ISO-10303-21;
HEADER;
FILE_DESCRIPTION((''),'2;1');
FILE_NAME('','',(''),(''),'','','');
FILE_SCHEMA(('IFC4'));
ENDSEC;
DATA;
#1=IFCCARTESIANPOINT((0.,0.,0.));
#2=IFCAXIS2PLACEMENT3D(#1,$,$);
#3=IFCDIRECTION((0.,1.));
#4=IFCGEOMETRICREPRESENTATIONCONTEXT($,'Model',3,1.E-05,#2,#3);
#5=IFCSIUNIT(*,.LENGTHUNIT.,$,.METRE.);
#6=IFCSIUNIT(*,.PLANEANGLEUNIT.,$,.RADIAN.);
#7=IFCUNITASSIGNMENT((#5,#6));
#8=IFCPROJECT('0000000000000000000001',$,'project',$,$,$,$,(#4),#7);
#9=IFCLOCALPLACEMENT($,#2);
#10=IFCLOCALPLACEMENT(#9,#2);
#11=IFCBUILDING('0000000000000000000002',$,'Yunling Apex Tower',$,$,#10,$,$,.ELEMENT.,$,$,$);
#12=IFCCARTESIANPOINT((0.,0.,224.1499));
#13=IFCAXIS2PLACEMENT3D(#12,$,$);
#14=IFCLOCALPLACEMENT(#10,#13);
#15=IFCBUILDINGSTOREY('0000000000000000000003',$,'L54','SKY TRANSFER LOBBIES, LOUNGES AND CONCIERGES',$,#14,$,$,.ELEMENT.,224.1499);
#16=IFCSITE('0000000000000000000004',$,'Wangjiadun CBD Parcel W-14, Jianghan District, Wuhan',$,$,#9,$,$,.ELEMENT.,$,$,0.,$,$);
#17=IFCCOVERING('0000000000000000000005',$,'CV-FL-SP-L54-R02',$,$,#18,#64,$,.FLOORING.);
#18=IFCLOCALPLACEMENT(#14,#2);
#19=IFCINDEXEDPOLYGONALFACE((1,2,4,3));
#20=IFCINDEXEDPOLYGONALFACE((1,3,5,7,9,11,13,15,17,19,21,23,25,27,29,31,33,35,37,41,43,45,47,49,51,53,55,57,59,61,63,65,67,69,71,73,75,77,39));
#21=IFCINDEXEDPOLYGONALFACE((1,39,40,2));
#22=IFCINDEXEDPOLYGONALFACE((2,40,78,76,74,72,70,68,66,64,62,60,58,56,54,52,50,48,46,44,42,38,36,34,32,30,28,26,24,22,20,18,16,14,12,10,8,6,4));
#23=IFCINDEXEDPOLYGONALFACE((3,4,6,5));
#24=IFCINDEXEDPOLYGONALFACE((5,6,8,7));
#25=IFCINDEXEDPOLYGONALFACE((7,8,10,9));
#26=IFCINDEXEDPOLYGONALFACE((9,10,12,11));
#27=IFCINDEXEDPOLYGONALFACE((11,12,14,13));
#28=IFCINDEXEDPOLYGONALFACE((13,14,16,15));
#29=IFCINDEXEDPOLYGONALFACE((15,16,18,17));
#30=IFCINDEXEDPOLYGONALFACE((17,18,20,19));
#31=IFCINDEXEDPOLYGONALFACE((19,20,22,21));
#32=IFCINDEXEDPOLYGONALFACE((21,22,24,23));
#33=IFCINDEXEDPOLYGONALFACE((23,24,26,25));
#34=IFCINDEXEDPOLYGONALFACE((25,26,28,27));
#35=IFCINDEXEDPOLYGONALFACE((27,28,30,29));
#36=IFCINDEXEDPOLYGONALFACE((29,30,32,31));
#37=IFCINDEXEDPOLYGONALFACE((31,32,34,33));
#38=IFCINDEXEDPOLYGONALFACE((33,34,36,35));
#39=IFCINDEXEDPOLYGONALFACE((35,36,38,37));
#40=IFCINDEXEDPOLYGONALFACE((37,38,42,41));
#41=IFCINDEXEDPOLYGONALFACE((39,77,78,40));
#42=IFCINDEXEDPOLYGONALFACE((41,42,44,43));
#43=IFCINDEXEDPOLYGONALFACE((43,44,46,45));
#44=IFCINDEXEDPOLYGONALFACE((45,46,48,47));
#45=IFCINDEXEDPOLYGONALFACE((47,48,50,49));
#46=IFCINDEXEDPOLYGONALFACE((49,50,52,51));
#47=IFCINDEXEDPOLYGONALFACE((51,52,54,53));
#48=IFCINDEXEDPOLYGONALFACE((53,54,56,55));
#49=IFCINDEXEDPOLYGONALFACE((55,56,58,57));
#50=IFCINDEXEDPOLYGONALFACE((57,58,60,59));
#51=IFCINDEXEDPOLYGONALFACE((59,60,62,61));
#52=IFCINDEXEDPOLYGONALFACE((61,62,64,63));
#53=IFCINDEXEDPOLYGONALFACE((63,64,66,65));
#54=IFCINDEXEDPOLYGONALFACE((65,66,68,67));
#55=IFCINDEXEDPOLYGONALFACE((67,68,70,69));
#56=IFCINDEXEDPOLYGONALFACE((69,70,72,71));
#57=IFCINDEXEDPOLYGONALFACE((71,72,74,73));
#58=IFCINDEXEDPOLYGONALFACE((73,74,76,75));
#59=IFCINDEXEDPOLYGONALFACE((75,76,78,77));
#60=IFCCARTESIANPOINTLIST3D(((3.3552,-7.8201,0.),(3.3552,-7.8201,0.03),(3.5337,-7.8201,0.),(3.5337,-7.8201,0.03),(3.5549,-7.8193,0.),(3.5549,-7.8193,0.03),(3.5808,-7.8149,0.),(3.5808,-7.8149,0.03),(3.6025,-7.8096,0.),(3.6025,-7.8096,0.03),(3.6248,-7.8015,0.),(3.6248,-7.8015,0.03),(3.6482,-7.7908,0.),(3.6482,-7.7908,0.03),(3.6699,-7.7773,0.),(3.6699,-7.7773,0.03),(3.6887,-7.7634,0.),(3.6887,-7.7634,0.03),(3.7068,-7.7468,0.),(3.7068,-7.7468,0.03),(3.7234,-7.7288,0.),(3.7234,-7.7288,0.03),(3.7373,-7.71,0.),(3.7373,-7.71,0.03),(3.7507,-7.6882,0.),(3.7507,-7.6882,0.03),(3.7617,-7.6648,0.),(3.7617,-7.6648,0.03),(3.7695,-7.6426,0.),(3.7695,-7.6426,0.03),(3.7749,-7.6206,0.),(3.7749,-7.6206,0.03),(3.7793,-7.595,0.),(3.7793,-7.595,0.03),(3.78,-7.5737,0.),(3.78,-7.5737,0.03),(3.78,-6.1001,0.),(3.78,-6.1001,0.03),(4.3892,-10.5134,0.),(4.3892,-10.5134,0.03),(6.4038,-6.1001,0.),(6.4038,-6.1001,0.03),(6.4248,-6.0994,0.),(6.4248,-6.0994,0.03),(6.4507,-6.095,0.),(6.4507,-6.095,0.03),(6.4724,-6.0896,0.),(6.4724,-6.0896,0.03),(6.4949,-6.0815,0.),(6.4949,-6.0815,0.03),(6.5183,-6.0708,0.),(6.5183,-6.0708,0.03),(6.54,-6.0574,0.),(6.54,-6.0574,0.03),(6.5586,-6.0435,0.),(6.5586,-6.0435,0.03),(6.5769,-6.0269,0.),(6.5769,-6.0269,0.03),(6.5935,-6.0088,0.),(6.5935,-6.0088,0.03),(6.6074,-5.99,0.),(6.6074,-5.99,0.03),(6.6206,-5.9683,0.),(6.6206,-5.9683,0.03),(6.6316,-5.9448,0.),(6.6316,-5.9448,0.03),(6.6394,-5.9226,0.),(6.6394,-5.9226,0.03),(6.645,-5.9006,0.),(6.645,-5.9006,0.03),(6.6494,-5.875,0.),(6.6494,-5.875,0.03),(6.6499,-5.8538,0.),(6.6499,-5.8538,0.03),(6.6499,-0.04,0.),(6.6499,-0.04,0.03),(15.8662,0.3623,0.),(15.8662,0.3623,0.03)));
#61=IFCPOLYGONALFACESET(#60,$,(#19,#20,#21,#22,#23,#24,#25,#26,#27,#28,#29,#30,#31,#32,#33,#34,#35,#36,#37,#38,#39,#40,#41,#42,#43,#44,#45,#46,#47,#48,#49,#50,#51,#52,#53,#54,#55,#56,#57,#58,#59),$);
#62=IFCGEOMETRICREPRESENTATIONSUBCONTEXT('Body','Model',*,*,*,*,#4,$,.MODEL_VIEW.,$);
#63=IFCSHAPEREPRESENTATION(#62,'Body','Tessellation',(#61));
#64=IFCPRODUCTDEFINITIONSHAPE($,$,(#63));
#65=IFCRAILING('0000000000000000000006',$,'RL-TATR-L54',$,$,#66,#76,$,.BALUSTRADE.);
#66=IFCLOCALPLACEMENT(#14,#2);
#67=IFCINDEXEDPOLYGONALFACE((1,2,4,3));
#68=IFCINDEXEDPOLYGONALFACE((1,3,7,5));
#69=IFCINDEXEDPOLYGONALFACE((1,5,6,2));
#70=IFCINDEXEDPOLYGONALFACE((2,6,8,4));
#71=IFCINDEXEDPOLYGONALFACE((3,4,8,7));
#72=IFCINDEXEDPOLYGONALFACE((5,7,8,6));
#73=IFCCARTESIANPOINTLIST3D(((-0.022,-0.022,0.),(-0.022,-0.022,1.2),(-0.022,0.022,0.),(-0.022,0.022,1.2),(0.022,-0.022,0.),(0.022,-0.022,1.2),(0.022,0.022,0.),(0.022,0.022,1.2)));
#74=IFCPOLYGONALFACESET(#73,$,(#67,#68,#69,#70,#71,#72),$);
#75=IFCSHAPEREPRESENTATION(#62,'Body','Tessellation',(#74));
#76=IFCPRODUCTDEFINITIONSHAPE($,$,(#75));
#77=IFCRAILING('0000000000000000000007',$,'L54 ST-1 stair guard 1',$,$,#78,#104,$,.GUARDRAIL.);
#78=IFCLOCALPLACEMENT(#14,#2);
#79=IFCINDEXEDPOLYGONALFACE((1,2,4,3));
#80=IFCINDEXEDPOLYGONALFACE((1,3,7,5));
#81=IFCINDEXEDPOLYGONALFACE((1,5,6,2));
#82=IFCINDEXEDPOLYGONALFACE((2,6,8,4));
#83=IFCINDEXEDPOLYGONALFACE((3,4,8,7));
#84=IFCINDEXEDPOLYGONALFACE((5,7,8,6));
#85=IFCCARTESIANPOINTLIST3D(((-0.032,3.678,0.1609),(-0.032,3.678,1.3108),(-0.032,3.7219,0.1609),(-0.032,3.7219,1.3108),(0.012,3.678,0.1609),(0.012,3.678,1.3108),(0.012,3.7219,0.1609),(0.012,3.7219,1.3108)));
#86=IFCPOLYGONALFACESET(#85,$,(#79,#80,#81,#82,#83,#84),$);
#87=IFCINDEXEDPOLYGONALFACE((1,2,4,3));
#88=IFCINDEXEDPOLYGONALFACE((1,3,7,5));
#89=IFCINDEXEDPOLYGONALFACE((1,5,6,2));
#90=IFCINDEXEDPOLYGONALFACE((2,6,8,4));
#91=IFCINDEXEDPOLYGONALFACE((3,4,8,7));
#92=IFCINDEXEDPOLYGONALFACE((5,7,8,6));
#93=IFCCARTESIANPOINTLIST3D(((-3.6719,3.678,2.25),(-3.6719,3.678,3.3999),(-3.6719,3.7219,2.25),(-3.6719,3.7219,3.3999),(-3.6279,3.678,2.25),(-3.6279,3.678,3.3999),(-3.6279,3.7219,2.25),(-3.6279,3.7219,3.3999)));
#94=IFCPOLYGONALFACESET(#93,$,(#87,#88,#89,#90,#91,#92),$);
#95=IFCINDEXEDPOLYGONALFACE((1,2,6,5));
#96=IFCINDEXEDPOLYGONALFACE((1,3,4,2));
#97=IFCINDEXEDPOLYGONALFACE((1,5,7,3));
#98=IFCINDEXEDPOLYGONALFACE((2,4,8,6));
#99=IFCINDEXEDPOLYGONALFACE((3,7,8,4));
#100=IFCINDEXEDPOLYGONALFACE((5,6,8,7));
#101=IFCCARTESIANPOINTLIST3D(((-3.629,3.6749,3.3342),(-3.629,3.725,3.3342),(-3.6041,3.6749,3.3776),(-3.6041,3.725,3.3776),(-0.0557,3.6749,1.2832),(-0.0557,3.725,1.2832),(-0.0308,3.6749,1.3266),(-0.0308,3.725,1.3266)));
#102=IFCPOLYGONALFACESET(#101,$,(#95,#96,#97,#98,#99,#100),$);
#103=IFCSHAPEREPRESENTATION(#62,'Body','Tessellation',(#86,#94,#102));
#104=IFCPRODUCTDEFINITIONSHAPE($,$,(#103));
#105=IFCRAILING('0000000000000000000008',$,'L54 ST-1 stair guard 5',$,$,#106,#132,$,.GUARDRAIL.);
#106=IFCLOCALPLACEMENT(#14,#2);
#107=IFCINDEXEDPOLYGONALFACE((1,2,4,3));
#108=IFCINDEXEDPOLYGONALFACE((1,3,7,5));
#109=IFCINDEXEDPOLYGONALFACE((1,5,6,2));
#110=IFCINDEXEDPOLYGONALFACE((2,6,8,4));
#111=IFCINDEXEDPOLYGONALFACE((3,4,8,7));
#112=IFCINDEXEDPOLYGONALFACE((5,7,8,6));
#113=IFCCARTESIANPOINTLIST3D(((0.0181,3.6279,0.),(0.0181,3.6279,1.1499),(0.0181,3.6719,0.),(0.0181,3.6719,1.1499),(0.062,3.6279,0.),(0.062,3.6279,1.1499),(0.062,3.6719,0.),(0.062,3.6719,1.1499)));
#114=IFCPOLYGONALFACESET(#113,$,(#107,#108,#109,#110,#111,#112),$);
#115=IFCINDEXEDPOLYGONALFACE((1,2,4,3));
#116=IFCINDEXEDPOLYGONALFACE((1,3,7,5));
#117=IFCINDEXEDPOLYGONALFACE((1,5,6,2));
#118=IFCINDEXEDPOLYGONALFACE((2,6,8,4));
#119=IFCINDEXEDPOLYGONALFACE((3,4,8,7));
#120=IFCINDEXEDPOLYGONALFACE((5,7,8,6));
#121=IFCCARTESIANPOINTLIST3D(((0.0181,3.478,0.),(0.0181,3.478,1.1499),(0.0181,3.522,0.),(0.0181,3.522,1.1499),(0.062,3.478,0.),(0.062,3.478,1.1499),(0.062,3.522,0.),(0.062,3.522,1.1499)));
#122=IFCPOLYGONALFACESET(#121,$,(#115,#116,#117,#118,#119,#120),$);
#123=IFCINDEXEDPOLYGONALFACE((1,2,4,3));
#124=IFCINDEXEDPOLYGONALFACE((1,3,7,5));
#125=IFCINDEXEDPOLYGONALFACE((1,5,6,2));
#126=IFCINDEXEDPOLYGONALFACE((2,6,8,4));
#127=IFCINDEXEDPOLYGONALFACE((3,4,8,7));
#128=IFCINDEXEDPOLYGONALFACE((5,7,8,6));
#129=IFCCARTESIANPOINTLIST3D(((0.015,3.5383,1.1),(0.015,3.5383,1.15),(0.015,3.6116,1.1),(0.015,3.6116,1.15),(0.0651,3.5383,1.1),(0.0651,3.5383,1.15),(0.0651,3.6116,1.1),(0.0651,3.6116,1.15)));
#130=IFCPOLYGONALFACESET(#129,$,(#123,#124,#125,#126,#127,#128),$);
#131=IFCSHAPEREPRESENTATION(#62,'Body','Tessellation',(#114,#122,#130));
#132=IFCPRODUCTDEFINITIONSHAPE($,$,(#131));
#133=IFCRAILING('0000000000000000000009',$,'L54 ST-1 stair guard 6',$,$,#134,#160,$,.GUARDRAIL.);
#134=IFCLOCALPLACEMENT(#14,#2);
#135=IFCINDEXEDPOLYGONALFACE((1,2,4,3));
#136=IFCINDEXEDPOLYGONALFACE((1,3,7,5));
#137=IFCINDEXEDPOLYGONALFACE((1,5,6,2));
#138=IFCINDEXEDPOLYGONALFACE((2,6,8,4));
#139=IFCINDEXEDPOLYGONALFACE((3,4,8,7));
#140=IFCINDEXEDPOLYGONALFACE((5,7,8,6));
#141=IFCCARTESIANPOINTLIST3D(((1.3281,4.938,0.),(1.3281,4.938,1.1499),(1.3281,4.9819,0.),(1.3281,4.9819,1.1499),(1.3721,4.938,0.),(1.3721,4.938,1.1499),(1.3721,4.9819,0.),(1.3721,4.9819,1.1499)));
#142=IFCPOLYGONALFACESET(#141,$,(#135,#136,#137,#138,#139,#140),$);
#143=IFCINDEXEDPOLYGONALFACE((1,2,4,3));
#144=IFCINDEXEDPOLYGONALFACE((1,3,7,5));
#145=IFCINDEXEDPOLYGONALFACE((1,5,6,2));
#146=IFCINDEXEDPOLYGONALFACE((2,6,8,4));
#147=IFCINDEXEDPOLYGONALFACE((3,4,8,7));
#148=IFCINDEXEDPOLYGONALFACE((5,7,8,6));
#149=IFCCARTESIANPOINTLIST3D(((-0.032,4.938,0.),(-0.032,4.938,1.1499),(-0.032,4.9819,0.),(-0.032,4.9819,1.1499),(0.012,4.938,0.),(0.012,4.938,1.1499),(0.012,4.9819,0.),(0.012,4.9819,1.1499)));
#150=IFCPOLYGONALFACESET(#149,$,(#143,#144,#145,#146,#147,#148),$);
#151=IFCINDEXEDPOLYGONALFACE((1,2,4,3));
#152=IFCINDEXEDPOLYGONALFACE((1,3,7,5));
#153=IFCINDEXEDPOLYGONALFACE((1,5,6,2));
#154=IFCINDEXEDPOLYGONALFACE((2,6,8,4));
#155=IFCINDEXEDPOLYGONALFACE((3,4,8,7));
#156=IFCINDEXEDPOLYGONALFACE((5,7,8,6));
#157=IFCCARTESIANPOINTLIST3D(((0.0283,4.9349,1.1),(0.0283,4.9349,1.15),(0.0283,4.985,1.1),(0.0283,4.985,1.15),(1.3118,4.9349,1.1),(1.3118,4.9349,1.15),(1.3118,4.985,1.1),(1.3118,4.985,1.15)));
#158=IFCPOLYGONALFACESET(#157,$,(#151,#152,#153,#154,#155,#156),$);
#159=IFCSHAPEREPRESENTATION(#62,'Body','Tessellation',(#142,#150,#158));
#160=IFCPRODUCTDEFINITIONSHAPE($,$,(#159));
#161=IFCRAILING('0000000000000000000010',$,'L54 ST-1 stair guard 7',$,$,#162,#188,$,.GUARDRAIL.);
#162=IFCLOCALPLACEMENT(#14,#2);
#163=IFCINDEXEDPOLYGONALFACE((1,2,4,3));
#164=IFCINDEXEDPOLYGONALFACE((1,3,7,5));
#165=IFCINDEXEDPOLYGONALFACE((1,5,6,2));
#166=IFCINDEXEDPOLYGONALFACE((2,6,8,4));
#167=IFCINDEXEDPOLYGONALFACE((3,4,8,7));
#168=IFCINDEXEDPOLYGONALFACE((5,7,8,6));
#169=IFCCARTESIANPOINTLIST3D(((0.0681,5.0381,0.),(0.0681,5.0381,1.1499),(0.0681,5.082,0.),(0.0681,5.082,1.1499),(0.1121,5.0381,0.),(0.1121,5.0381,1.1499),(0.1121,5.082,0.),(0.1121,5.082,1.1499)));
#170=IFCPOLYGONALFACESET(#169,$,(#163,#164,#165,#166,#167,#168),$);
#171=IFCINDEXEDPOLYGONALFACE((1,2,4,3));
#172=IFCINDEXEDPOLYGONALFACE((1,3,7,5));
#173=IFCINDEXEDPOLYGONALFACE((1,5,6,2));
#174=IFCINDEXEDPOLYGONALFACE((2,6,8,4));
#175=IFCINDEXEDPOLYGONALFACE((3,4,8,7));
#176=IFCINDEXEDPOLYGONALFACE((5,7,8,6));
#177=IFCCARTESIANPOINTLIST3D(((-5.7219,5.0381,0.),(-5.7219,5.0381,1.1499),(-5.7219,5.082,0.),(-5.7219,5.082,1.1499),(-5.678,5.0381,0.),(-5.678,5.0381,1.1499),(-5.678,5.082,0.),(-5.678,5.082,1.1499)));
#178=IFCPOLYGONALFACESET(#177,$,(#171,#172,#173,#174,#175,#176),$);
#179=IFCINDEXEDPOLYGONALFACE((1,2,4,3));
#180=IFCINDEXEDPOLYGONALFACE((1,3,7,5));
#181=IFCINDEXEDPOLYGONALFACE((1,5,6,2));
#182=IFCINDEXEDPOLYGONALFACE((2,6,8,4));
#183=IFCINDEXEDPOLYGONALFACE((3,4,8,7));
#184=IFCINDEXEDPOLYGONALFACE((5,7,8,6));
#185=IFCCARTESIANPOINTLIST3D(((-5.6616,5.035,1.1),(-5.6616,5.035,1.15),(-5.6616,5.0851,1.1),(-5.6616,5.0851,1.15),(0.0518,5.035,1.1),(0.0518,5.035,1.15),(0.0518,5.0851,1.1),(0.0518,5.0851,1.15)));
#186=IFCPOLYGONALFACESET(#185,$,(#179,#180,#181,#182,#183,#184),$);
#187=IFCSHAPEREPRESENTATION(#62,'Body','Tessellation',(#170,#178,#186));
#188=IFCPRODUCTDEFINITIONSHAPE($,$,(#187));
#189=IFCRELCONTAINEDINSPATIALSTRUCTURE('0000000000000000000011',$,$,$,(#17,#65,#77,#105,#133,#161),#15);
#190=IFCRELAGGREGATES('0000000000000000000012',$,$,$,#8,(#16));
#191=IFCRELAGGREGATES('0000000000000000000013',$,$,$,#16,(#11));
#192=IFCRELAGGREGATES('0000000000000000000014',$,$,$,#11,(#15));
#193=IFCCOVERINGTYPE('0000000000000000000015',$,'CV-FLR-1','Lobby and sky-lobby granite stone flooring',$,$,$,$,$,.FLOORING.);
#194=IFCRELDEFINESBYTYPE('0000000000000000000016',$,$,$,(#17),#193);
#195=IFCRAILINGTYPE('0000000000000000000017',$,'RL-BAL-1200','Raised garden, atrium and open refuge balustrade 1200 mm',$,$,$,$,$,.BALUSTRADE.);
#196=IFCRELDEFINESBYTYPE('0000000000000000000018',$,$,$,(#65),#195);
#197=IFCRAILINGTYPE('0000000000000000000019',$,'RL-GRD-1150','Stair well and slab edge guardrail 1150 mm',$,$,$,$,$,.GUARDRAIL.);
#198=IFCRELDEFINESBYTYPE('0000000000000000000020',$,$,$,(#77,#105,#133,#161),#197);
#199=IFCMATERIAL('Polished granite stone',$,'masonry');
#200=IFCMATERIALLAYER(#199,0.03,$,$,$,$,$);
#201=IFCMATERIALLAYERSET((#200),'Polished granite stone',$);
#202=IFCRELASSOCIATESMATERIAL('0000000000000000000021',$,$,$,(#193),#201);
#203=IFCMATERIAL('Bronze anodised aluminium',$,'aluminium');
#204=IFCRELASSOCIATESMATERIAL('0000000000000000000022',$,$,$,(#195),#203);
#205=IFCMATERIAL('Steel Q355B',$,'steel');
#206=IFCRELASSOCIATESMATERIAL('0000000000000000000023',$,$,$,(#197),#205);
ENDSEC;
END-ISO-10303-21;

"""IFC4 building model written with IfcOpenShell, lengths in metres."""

from ifc_helpers import new_model, si_unit, direction, frame, origin, origin_2d, place, context, subcontext, project, spatial, polyline, rectangle, outline, extrude, material, layer, layer_set, type_object, element, save


model = new_model("IFC4")

# Units and contexts
model_context = context("Model", 3, precision=1e-05, world=origin(), true_north=direction((0.0, 1.0)))
body_context = subcontext(model_context, "Body", "Model", "MODEL_VIEW")
ifc_project = project(units=[si_unit("LENGTHUNIT", "METRE"), si_unit("PLANEANGLEUNIT", "RADIAN")], contexts=[model_context])

# Site, building, storey
site_placement = place(None, origin())
site = spatial("IfcSite", under=ifc_project, at=site_placement, Name="Wangjiadun CBD Parcel W-14, Jianghan District, Wuhan", CompositionType="ELEMENT", RefElevation=0.0)
building_placement = place(site_placement, origin())
building = spatial("IfcBuilding", under=site, at=building_placement, Name="Yunling Apex Tower", CompositionType="ELEMENT")
storey_placement = place(building_placement, frame((0.0, 0.0, 224.1499)))
storey = spatial("IfcBuildingStorey", under=building, at=storey_placement, Name="L54", Description="SKY TRANSFER LOBBIES, LOUNGES AND CONCIERGES", CompositionType="ELEMENT", Elevation=224.1499)

# Shared definitions
ifc_material_1 = material(Name="Steel Q355B", Category="steel")

# Shared definitions
ifc_material_2 = material(Name="Bronze anodised aluminium", Category="aluminium")

# Covering
ifc_material_3 = material(Name="Polished granite stone", Category="masonry")
ifc_layer_1 = layer(ifc_material_3, 0.03)
ifc_layer_set_1 = layer_set([ifc_layer_1], Name="Polished granite stone")
covering_type_1 = type_object("IfcCoveringType", Name="CV-FLR-1", Description="Lobby and sky-lobby granite stone flooring", PredefinedType="FLOORING", material=ifc_layer_set_1)
covering_1_placement = place(storey_placement, origin())
element("IfcCovering", 1, at=covering_1_placement, inside=storey, type_object=covering_type_1, Name="CV-FL-SP-L54-R02", PredefinedType="FLOORING", context=body_context, shape_type="SweptSolid", body=[
    extrude(outline(polyline([(4.3892, -10.5134), (3.3552, -7.8201), (3.5337, -7.8201), (3.5549, -7.8193), (3.5808, -7.8149), (3.6025, -7.8096), (3.6248, -7.8015), (3.6482, -7.7908), (3.6699, -7.7773), (3.6887, -7.7634), (3.7068, -7.7468), (3.7234, -7.7288), (3.7373, -7.71), (3.7507, -7.6882), (3.7617, -7.6648), (3.7695, -7.6426), (3.7749, -7.6206), (3.7793, -7.595), (3.78, -7.5737), (3.78, -6.1001), (6.4038, -6.1001), (6.4248, -6.0994), (6.4507, -6.095), (6.4724, -6.0896), (6.4949, -6.0815), (6.5183, -6.0708), (6.54, -6.0574), (6.5586, -6.0435), (6.5769, -6.0269), (6.5935, -6.0088), (6.6074, -5.99), (6.6206, -5.9683), (6.6316, -5.9448), (6.6394, -5.9226), (6.645, -5.9006), (6.6494, -5.875), (6.6499, -5.8538), (6.6499, -0.04), (15.8662, 0.3623), (4.3892, -10.5134)])), origin(), (0.0, 0.0, 1.0), 0.03),
])

# Railings
railing_type_1 = type_object("IfcRailingType", Name="RL-BAL-1200", Description="Raised garden, atrium and open refuge balustrade 1200 mm", PredefinedType="BALUSTRADE", material=ifc_material_2)
railing_1_placement = place(storey_placement, origin())
element("IfcRailing", 2, at=railing_1_placement, inside=storey, type_object=railing_type_1, Name="RL-TATR-L54", PredefinedType="BALUSTRADE", context=body_context, shape_type="SweptSolid", body=[
    extrude(rectangle(XDim=0.0439, YDim=0.0439, at=origin_2d()), origin(), (0.0, 0.0, 1.0), 1.2),
])
railing_type_2 = type_object("IfcRailingType", Name="RL-GRD-1150", Description="Stair well and slab edge guardrail 1150 mm", PredefinedType="GUARDRAIL", material=ifc_material_1)
railing_2_placement = place(storey_placement, frame((-0.01, 3.7, 0.1609)))
element("IfcRailing", 3, at=railing_2_placement, inside=storey, type_object=railing_type_2, Name="L54 ST-1 stair guard 1", PredefinedType="GUARDRAIL", context=body_context, shape_type="SweptSolid", body=[
    extrude(rectangle(XDim=0.0439, YDim=0.0439, at=origin_2d()), origin(), (0.0, 0.0, 1.0), 1.1499),
    extrude(rectangle(XDim=0.0439, YDim=0.0439, at=origin_2d()), frame((-3.6399, 0.0, 2.0891)), (0.0, 0.0, 1.0), 1.1499),
    extrude(rectangle(XDim=0.05, YDim=0.05, at=origin_2d()), frame((-0.0332, 0.0, 1.144), z_axis=(-0.8673, 0.0, 0.497786), x_axis=(0.0, -1.0, 0.0)), (0.0, 0.0, 1.0), 4.1201),
])
railing_3_placement = place(storey_placement, frame((0.04, 3.6499, 0.0)))
element("IfcRailing", 4, at=railing_3_placement, inside=storey, type_object=railing_type_2, Name="L54 ST-1 stair guard 5", PredefinedType="GUARDRAIL", context=body_context, shape_type="SweptSolid", body=[
    extrude(rectangle(XDim=0.0439, YDim=0.0439, at=origin_2d()), origin(), (0.0, 0.0, 1.0), 1.1499),
    extrude(rectangle(XDim=0.0439, YDim=0.0439, at=origin_2d()), frame((0.0, -0.1499, 0.0)), (0.0, 0.0, 1.0), 1.1499),
    extrude(rectangle(XDim=0.05, YDim=0.05, at=origin_2d()), frame((0.0, -0.0383, 1.125), z_axis=(0.0, -1.0, 0.0), x_axis=(1.0, 0.0, 0.0)), (0.0, 0.0, 1.0), 0.0732),
])
railing_4_placement = place(storey_placement, frame((1.3501, 4.96, 0.0)))
element("IfcRailing", 5, at=railing_4_placement, inside=storey, type_object=railing_type_2, Name="L54 ST-1 stair guard 6", PredefinedType="GUARDRAIL", context=body_context, shape_type="SweptSolid", body=[
    extrude(rectangle(XDim=0.0439, YDim=0.0439, at=origin_2d()), origin(), (0.0, 0.0, 1.0), 1.1499),
    extrude(rectangle(XDim=0.0439, YDim=0.0439, at=origin_2d()), frame((-1.3601, 0.0, 0.0)), (0.0, 0.0, 1.0), 1.1499),
    extrude(rectangle(XDim=0.05, YDim=0.05, at=origin_2d()), frame((-0.0383, 0.0, 1.125), z_axis=(-1.0, 0.0, 0.0), x_axis=(0.0, -1.0, 0.0)), (0.0, 0.0, 1.0), 1.2834),
])
railing_5_placement = place(storey_placement, frame((0.0901, 5.0601, 0.0)))
element("IfcRailing", 6, at=railing_5_placement, inside=storey, type_object=railing_type_2, Name="L54 ST-1 stair guard 7", PredefinedType="GUARDRAIL", context=body_context, shape_type="SweptSolid", body=[
    extrude(rectangle(XDim=0.0439, YDim=0.0439, at=origin_2d()), origin(), (0.0, 0.0, 1.0), 1.1499),
    extrude(rectangle(XDim=0.0439, YDim=0.0439, at=origin_2d()), frame((-5.79, 0.0, 0.0)), (0.0, 0.0, 1.0), 1.1499),
    extrude(rectangle(XDim=0.05, YDim=0.05, at=origin_2d()), frame((-0.0383, 0.0, 1.125), z_axis=(-1.0, 0.0, 0.0), x_axis=(0.0, -1.0, 0.0)), (0.0, 0.0, 1.0), 5.7134),
])

save(model, "model.ifc")
